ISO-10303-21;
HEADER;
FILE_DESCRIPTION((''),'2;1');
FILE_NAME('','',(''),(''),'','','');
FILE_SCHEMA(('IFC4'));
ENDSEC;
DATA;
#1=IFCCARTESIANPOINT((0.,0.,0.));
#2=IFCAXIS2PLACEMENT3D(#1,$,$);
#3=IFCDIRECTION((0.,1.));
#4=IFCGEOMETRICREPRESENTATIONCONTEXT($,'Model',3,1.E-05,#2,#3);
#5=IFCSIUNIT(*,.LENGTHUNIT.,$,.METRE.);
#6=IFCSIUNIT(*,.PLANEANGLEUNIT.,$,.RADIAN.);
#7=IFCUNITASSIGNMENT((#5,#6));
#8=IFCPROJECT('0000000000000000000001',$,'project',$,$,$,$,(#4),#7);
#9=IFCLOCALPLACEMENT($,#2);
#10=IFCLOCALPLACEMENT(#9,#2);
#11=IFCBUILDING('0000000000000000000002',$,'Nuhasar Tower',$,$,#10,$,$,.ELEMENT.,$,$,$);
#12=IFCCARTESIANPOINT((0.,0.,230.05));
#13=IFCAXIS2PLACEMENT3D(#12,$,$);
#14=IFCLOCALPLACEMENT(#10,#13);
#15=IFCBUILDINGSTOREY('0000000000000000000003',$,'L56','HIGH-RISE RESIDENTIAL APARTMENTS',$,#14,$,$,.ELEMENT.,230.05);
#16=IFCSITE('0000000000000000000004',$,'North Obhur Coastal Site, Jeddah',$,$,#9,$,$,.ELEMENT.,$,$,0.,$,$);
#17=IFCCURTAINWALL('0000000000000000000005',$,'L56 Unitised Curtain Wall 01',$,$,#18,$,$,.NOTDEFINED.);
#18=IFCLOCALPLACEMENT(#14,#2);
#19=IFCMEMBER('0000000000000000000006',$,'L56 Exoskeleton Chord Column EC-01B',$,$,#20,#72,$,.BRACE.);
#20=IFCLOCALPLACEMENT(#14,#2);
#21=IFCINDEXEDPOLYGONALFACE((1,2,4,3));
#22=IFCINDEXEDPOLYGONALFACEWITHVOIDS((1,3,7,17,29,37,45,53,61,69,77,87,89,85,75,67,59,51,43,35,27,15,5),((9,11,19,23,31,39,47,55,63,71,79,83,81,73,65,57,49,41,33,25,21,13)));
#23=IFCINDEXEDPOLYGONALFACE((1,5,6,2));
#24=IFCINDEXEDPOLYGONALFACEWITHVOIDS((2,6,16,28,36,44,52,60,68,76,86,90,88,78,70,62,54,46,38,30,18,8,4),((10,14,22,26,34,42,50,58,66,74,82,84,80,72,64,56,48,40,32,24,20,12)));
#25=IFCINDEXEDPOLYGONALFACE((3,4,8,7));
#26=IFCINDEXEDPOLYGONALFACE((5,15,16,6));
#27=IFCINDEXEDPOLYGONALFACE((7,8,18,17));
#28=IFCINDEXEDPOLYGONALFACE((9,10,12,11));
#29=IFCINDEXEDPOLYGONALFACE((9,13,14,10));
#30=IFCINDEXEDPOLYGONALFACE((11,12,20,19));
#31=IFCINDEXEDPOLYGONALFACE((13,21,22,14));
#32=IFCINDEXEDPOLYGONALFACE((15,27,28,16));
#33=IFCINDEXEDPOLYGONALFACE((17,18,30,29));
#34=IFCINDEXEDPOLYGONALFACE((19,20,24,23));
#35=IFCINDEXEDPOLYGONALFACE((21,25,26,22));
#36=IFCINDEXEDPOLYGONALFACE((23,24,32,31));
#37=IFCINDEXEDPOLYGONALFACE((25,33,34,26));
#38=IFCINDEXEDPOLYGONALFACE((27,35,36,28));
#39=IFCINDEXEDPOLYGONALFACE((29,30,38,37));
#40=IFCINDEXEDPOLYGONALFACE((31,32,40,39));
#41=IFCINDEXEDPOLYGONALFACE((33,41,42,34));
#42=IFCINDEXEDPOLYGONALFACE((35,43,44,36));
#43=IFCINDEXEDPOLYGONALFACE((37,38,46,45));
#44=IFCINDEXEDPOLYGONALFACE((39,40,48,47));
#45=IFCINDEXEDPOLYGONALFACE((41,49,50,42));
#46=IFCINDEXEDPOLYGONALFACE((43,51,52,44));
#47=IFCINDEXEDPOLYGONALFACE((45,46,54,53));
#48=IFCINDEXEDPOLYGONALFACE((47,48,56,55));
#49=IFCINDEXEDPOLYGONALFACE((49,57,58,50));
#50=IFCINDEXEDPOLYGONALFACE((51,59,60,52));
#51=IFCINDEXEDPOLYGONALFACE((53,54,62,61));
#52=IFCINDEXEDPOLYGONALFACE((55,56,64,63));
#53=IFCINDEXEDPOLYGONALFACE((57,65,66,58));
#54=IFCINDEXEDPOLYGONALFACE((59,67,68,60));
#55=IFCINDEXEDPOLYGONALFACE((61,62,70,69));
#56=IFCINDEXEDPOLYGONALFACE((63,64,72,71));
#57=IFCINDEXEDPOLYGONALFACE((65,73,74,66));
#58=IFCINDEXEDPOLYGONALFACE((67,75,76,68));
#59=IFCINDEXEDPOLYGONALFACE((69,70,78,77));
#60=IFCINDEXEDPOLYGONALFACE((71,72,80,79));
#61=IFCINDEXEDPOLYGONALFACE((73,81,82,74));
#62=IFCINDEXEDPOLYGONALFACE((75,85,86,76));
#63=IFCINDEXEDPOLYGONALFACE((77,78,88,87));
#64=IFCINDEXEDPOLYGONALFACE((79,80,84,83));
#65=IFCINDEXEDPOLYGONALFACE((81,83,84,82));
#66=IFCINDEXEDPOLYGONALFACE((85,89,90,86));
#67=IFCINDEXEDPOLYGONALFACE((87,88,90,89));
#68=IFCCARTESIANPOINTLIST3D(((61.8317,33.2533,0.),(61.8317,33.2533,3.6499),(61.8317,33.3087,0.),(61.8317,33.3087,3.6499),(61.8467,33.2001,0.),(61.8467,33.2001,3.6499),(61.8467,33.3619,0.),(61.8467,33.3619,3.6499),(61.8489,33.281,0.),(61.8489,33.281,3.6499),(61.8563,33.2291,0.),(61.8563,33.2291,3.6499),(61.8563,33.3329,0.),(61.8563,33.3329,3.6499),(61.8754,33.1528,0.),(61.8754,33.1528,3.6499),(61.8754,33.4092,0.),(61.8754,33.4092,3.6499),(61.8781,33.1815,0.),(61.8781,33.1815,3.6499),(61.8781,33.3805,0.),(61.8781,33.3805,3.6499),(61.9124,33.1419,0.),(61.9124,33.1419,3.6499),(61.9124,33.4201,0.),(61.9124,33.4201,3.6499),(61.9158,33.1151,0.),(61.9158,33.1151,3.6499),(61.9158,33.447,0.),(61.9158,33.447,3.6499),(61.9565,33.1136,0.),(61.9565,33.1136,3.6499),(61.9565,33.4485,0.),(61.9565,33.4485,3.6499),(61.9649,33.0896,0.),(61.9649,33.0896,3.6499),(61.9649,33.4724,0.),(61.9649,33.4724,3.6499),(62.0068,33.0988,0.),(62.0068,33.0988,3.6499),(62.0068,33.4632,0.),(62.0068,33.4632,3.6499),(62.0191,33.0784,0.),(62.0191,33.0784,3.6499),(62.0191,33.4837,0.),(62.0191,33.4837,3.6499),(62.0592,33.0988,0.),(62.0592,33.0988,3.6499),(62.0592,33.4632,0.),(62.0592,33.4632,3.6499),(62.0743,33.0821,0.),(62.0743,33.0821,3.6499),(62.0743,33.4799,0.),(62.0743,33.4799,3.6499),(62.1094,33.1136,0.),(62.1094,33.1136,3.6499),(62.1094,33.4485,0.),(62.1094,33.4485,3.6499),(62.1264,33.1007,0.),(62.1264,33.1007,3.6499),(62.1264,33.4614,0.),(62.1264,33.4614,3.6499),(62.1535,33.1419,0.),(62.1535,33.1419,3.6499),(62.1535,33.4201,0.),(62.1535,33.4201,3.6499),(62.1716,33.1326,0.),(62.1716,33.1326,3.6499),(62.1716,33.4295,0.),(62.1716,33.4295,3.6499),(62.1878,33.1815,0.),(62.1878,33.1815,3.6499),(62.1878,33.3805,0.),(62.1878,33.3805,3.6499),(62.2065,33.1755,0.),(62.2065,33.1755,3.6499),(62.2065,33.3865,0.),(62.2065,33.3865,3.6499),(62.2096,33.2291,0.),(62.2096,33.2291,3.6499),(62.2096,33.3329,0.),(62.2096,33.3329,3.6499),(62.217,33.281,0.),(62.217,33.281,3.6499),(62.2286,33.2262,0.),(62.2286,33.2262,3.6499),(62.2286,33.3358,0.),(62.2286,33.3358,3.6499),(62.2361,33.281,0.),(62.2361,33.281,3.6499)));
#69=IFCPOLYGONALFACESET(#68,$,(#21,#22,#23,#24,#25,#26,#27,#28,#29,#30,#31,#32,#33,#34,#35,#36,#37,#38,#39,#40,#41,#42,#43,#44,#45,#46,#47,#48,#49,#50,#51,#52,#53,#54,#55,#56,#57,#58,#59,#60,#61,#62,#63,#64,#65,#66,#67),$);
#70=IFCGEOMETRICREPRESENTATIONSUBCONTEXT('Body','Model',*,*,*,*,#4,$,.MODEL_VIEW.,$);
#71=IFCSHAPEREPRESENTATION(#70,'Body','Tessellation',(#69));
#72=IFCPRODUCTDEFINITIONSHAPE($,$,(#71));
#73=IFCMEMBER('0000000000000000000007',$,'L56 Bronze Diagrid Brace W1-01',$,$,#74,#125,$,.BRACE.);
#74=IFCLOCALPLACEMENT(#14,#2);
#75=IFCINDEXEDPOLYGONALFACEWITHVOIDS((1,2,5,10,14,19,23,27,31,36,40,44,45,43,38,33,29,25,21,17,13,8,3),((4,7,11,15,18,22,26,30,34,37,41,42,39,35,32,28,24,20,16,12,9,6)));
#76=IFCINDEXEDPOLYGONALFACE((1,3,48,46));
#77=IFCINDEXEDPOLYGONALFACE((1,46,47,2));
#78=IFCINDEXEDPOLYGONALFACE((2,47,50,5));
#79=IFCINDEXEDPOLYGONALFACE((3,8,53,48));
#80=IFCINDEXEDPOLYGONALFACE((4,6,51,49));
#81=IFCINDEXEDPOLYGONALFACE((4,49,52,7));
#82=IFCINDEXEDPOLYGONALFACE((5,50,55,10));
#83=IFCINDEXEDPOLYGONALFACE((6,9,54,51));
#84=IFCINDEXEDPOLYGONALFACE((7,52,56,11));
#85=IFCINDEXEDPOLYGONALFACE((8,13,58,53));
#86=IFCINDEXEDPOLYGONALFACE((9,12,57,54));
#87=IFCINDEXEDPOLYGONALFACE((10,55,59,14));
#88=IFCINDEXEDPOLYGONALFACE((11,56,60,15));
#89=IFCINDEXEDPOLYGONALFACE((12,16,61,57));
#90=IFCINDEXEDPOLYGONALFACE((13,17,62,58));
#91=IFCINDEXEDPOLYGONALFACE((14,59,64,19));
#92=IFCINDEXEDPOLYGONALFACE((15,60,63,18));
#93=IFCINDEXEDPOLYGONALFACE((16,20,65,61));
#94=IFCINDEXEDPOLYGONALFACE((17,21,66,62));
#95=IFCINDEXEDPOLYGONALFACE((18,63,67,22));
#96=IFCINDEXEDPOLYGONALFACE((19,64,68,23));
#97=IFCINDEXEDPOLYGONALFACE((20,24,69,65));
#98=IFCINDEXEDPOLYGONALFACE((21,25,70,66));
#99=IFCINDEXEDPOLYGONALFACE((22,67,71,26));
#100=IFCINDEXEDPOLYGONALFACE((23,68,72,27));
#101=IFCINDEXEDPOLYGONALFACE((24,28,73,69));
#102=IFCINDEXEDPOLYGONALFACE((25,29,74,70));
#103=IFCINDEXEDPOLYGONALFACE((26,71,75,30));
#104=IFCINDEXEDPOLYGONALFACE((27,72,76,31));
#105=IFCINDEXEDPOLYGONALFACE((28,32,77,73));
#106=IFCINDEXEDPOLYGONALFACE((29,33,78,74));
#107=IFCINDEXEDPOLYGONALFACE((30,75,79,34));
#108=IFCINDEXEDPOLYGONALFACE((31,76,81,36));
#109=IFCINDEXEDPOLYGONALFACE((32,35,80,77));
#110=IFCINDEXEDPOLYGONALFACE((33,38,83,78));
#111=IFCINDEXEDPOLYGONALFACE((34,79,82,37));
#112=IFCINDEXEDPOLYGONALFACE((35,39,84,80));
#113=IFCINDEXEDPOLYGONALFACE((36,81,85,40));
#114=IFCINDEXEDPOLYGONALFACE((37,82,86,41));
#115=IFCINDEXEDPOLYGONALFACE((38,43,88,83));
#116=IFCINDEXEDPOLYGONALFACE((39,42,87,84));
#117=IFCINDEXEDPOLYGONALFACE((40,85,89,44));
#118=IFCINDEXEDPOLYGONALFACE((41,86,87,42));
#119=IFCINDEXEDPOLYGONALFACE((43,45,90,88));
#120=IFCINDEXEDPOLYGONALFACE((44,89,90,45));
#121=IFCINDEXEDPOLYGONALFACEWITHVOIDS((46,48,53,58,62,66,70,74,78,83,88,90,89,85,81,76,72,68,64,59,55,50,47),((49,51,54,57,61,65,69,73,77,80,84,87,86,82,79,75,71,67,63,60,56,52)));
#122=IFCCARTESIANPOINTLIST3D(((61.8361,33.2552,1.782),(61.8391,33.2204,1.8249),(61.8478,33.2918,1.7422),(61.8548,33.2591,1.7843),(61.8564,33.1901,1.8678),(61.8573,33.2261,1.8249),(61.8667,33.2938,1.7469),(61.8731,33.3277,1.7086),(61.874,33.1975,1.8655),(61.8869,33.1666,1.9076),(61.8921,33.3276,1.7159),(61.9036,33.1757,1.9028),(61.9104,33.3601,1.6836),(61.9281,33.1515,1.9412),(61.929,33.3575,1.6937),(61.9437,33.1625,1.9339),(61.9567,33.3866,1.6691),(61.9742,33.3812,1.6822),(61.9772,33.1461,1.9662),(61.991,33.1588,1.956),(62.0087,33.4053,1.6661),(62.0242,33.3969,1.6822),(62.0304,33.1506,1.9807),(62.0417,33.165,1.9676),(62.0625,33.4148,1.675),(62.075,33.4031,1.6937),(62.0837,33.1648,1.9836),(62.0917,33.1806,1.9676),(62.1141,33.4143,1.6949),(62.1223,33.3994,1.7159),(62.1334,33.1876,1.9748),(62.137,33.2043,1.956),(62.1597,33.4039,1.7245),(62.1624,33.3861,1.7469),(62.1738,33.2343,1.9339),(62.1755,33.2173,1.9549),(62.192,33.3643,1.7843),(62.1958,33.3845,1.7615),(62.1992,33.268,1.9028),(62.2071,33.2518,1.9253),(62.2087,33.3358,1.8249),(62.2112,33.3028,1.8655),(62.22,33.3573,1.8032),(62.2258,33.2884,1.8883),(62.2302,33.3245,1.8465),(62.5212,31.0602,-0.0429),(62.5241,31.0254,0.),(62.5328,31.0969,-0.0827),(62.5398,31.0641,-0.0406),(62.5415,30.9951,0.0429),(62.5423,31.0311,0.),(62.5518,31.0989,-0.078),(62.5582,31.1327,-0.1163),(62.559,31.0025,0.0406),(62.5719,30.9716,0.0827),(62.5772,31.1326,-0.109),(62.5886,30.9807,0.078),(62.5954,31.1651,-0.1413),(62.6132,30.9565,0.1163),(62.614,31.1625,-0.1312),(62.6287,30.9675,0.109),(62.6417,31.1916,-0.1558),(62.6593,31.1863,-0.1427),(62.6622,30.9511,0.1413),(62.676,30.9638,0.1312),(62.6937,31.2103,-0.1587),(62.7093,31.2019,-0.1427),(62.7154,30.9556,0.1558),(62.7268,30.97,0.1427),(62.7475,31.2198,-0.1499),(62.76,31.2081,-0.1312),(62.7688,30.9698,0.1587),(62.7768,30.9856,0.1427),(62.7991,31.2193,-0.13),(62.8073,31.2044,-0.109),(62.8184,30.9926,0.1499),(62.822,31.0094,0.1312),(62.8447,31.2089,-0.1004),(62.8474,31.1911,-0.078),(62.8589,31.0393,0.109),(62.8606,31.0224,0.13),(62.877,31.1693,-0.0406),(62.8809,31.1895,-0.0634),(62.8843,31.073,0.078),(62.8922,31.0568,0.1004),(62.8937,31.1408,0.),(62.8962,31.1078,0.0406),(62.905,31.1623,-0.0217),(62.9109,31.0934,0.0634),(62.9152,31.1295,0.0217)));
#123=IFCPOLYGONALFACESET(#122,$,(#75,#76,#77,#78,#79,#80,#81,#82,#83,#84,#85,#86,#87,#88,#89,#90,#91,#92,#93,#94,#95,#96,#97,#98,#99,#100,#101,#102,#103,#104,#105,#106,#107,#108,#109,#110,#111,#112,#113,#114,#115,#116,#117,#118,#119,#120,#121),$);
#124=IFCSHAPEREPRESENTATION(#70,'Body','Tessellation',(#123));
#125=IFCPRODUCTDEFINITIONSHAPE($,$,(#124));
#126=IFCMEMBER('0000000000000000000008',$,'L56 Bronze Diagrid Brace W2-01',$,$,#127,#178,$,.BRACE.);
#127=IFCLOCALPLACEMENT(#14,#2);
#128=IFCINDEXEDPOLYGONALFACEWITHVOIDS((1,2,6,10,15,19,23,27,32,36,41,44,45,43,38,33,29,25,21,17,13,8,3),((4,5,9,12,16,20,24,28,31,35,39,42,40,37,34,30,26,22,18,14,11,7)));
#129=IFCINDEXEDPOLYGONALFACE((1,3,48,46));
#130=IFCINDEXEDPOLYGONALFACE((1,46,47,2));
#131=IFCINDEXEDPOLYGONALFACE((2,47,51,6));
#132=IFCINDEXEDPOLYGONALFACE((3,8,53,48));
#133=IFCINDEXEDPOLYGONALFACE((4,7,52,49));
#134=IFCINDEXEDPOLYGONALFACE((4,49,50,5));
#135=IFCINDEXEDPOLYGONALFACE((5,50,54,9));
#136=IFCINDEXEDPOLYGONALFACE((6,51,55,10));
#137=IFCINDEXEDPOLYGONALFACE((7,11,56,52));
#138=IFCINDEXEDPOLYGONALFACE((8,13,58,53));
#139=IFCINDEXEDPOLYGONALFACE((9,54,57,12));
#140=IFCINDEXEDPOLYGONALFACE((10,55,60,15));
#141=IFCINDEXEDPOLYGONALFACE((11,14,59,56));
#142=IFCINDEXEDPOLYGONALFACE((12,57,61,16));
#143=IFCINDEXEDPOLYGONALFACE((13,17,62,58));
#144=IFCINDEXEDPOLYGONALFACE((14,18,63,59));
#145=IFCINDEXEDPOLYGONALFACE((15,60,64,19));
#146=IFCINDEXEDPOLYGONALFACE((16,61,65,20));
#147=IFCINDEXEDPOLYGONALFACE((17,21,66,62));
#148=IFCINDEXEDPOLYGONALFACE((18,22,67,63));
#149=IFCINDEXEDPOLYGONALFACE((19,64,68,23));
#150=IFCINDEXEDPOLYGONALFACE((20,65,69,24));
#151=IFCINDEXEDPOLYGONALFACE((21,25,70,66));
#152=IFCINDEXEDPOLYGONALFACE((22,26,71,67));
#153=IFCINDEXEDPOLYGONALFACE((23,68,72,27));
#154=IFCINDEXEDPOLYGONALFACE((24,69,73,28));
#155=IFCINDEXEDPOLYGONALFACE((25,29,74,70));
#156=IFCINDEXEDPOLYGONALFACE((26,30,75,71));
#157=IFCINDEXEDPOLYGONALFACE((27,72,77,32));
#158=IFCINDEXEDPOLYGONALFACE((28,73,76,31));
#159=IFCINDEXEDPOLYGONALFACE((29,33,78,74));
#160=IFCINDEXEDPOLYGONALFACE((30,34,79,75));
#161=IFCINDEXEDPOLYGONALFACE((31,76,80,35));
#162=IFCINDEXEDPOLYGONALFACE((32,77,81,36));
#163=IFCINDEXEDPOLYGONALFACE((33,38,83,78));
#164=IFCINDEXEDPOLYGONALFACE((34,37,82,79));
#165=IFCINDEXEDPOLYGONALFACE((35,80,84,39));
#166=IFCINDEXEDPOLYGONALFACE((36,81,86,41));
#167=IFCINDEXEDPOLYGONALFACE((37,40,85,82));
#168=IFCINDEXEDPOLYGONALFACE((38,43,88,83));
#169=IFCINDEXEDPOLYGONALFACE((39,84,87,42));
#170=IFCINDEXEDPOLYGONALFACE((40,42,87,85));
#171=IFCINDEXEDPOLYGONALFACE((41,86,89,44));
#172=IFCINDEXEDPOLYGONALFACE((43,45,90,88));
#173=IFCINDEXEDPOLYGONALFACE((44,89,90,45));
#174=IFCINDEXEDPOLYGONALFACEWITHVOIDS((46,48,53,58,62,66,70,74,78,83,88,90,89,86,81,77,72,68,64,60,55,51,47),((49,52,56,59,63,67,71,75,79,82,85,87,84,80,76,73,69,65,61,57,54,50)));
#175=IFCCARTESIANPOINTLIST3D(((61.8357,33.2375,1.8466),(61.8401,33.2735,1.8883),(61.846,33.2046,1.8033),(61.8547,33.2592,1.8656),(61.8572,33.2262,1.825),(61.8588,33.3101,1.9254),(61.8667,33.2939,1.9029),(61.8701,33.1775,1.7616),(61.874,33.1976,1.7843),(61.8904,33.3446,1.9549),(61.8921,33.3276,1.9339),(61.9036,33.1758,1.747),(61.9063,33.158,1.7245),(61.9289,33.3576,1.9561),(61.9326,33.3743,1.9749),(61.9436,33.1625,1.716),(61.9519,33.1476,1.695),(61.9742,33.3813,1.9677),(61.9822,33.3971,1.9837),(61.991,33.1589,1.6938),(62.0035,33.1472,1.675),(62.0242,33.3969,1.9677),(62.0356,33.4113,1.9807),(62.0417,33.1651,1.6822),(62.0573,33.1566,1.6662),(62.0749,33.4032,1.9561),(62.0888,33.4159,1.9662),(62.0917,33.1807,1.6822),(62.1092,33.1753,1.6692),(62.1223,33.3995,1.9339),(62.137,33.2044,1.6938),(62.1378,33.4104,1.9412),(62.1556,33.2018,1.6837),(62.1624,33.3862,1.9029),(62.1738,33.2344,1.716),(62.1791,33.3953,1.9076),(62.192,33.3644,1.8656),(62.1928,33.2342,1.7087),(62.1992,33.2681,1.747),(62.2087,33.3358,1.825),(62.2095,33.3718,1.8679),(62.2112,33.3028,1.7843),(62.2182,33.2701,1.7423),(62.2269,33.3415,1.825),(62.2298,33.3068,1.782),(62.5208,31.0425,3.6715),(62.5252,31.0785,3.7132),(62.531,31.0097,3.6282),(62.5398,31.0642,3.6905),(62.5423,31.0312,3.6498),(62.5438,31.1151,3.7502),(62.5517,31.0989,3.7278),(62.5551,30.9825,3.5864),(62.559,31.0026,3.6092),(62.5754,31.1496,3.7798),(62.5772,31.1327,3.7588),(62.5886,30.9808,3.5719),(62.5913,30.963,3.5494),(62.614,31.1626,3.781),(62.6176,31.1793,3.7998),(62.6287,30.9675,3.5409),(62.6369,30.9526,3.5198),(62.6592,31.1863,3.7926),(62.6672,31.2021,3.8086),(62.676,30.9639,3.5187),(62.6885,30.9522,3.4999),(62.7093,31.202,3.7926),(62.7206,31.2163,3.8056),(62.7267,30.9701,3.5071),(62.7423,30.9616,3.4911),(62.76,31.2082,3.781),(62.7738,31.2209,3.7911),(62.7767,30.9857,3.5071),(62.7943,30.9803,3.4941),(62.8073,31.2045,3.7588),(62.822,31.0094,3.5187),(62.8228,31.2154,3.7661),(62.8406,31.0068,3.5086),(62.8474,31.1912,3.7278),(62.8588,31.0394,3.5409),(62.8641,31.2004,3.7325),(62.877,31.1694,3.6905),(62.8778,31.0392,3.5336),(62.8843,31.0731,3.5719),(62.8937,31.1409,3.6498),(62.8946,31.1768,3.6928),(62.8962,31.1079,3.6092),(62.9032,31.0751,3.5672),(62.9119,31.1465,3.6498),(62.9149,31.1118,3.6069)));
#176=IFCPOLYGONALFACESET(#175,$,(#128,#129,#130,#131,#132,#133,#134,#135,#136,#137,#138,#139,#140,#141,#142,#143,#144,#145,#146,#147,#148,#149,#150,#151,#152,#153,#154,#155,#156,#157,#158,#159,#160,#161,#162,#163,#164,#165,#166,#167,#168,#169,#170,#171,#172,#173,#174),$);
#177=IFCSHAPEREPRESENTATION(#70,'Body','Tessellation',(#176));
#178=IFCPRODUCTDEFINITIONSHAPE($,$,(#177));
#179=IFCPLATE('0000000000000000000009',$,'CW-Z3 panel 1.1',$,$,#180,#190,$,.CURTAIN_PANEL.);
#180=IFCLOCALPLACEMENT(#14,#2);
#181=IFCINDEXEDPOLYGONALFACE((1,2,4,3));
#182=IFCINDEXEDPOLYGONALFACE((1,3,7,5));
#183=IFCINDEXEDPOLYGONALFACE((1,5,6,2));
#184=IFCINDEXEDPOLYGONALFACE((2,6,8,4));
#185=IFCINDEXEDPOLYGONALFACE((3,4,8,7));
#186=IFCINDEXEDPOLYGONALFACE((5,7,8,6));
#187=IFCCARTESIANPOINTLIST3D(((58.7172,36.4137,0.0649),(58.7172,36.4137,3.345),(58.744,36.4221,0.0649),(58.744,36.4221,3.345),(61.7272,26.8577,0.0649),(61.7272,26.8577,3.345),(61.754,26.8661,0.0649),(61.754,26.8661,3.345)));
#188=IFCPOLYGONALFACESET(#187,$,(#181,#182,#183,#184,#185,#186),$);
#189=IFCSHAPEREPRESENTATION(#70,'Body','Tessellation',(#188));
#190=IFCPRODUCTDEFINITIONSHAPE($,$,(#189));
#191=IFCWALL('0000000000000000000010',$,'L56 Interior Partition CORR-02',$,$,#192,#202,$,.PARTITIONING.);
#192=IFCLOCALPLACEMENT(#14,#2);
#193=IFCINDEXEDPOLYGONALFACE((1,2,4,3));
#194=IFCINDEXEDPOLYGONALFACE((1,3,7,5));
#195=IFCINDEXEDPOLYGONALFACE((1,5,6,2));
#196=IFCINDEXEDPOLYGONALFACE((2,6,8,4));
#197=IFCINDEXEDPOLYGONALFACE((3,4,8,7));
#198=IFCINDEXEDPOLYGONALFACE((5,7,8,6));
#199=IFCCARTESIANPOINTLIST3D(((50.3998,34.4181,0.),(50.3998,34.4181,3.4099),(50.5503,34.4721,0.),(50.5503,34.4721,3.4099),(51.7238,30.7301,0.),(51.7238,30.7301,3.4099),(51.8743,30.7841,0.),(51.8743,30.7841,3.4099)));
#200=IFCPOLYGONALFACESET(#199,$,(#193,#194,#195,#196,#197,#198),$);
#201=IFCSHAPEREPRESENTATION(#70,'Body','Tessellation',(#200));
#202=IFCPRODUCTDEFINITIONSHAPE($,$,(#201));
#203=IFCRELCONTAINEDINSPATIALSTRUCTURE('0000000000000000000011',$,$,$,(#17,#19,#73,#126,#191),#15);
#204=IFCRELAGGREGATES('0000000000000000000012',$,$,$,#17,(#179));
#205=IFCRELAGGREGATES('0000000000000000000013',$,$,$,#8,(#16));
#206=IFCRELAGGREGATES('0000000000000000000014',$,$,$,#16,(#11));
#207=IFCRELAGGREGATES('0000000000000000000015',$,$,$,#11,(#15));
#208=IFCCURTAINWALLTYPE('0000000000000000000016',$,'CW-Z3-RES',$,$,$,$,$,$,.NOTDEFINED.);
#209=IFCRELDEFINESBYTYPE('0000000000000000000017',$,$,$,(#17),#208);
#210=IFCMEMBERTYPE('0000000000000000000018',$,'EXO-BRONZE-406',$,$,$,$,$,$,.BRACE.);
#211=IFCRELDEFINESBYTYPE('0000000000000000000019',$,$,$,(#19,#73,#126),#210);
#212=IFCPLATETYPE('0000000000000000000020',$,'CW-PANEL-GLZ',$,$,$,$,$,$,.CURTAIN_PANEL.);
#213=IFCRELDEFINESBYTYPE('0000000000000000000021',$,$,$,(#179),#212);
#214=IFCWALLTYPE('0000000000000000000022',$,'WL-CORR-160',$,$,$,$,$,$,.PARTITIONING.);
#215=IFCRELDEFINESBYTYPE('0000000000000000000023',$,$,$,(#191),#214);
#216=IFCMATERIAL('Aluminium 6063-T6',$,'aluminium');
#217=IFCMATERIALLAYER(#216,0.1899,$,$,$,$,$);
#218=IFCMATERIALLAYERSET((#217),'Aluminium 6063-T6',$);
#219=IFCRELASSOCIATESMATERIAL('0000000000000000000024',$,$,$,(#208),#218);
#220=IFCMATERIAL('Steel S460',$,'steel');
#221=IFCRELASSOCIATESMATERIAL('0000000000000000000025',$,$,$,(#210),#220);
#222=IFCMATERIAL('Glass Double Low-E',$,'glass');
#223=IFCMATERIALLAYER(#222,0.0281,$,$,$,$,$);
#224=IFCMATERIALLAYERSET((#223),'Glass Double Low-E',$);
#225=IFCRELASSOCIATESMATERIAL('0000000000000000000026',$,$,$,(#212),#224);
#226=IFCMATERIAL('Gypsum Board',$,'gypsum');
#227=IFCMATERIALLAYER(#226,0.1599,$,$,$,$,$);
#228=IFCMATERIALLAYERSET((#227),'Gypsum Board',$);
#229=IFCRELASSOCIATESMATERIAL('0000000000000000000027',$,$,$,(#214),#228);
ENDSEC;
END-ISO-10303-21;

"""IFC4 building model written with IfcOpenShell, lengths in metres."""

from ifc_helpers import new_model, si_unit, direction, frame, frame_2d, origin, origin_2d, place, context, subcontext, project, spatial, rectangle, hollow_circle, extrude, material, layer, layer_set, material_profile, profile_set, type_object, element, aggregate, save


model = new_model("IFC4")

# Units and contexts
model_context = context("Model", 3, precision=1e-05, world=origin(), true_north=direction((0.0, 1.0)))
body_context = subcontext(model_context, "Body", "Model", "MODEL_VIEW")
ifc_project = project(units=[si_unit("LENGTHUNIT", "METRE"), si_unit("PLANEANGLEUNIT", "RADIAN")], contexts=[model_context])

# Site, building, storey
site_placement = place(None, origin())
site = spatial("IfcSite", under=ifc_project, at=site_placement, Name="North Obhur Coastal Site, Jeddah", CompositionType="ELEMENT", RefElevation=0.0)
building_placement = place(site_placement, origin())
building = spatial("IfcBuilding", under=site, at=building_placement, Name="Nuhasar Tower", CompositionType="ELEMENT")
storey_placement = place(building_placement, frame((0.0, 0.0, 230.05)))
storey = spatial("IfcBuildingStorey", under=building, at=storey_placement, Name="L56", Description="HIGH-RISE RESIDENTIAL APARTMENTS", CompositionType="ELEMENT", Elevation=230.05)

# Curtain wall
ifc_material_1 = material(Name="Aluminium 6063-T6", Category="aluminium")
ifc_layer_1 = layer(ifc_material_1, 0.1899)
ifc_layer_set_1 = layer_set([ifc_layer_1], Name="Aluminium 6063-T6")
curtain_wall_type = type_object("IfcCurtainWallType", Name="CW-Z3-RES", PredefinedType="NOTDEFINED", material=ifc_layer_set_1)
curtain_wall_placement = place(storey_placement, origin())
curtain_wall = element("IfcCurtainWall", 1, at=curtain_wall_placement, inside=storey, type_object=curtain_wall_type, Name="L56 Unitised Curtain Wall 01", PredefinedType="NOTDEFINED")

# Members
ifc_material_2 = material(Name="Steel S460", Category="steel")
ifc_material_profile_1 = material_profile(ifc_material_2, hollow_circle(Radius=0.2031, WallThickness=0.019, at=origin_2d()), Name="HSS406.4X19.1")
ifc_profile_set_1 = profile_set([ifc_material_profile_1], Name="Steel S460")
member_type_1 = type_object("IfcMemberType", Name="EXO-BRONZE-406", PredefinedType="BRACE", material=ifc_profile_set_1)
for number, where, z_axis, x_axis, name in (
    (2, (62.033, 33.281, 0.0), (0.0, 0.0, 1.0), (1.0, 0.0, 0.0), "L56 Exoskeleton Chord Column EC-01B"),
):
    element("IfcMember", number, at=place(storey_placement, frame(where, z_axis=z_axis, x_axis=x_axis)), inside=storey, type_object=member_type_1, Name=name, PredefinedType="BRACE", context=body_context, shape_type="SweptSolid", body=[
        extrude(hollow_circle(Radius=0.2031, WallThickness=0.019, at=origin_2d()), origin(), (0.0, 0.0, 1.0), 3.6499),
    ])
for number, where, z_axis, x_axis, name in (
    (3, (62.718, 31.0859, 0.0), (-0.233358, 0.747727, 0.62165), (-0.954591, -0.297918, 0.0), "L56 Bronze Diagrid Brace W1-01"),
    (4, (62.033, 33.281, 1.825), (0.233358, -0.747727, 0.62165), (0.954591, 0.297918, 0.0), "L56 Bronze Diagrid Brace W2-01"),
):
    element("IfcMember", number, at=place(storey_placement, frame(where, z_axis=z_axis, x_axis=x_axis)), inside=storey, type_object=member_type_1, Name=name, PredefinedType="BRACE", context=body_context, shape_type="SweptSolid", body=[
        extrude(hollow_circle(Radius=0.2031, WallThickness=0.019, at=origin_2d()), origin(), (0.0, 0.0, 1.0), 2.9355),
    ])

# Plate
ifc_material_3 = material(Name="Glass Double Low-E", Category="glass")
ifc_layer_2 = layer(ifc_material_3, 0.0281)
ifc_layer_set_2 = layer_set([ifc_layer_2], Name="Glass Double Low-E")
plate_type = type_object("IfcPlateType", Name="CW-PANEL-GLZ", PredefinedType="CURTAIN_PANEL", material=ifc_layer_set_2)
plate_placement = place(storey_placement, frame((60.2356, 31.6399, 0.0649), z_axis=(0.0, 0.0, 1.0), x_axis=(-0.300429, 0.953804, 0.0)))
plate = element("IfcPlate", 5, at=plate_placement, type_object=plate_type, Name="CW-Z3 panel 1.1", PredefinedType="CURTAIN_PANEL", context=body_context, shape_type="SweptSolid", body=[
    extrude(rectangle(XDim=10.0188, YDim=0.0281, at=origin_2d()), origin(), (0.0, 0.0, 1.0), 3.28),
])
aggregate(curtain_wall, [plate])

# Shared definitions
ifc_material_4 = material(Name="Gypsum Board", Category="gypsum")
ifc_layer_3 = layer(ifc_material_4, 0.1599)
ifc_layer_set_3 = layer_set([ifc_layer_3], Name="Gypsum Board")
wall_type_1 = type_object("IfcWallType", Name="WL-CORR-160", PredefinedType="PARTITIONING", material=ifc_layer_set_3)

# Wall
wall_1_placement = place(storey_placement, frame((51.7991, 30.7571, 0.0), z_axis=(0.0, 0.0, 1.0), x_axis=(-0.337883, 0.941188, 0.0)))
element("IfcWall", 6, at=wall_1_placement, inside=storey, type_object=wall_type_1, Name="L56 Interior Partition CORR-02", PredefinedType="PARTITIONING", context=body_context, shape_type="SweptSolid", body=[
    extrude(rectangle(XDim=3.9185, YDim=0.1599, at=frame_2d((1.9592, 0.0))), origin(), (0.0, 0.0, 1.0), 3.4099),
])

save(model, "model.ifc")
